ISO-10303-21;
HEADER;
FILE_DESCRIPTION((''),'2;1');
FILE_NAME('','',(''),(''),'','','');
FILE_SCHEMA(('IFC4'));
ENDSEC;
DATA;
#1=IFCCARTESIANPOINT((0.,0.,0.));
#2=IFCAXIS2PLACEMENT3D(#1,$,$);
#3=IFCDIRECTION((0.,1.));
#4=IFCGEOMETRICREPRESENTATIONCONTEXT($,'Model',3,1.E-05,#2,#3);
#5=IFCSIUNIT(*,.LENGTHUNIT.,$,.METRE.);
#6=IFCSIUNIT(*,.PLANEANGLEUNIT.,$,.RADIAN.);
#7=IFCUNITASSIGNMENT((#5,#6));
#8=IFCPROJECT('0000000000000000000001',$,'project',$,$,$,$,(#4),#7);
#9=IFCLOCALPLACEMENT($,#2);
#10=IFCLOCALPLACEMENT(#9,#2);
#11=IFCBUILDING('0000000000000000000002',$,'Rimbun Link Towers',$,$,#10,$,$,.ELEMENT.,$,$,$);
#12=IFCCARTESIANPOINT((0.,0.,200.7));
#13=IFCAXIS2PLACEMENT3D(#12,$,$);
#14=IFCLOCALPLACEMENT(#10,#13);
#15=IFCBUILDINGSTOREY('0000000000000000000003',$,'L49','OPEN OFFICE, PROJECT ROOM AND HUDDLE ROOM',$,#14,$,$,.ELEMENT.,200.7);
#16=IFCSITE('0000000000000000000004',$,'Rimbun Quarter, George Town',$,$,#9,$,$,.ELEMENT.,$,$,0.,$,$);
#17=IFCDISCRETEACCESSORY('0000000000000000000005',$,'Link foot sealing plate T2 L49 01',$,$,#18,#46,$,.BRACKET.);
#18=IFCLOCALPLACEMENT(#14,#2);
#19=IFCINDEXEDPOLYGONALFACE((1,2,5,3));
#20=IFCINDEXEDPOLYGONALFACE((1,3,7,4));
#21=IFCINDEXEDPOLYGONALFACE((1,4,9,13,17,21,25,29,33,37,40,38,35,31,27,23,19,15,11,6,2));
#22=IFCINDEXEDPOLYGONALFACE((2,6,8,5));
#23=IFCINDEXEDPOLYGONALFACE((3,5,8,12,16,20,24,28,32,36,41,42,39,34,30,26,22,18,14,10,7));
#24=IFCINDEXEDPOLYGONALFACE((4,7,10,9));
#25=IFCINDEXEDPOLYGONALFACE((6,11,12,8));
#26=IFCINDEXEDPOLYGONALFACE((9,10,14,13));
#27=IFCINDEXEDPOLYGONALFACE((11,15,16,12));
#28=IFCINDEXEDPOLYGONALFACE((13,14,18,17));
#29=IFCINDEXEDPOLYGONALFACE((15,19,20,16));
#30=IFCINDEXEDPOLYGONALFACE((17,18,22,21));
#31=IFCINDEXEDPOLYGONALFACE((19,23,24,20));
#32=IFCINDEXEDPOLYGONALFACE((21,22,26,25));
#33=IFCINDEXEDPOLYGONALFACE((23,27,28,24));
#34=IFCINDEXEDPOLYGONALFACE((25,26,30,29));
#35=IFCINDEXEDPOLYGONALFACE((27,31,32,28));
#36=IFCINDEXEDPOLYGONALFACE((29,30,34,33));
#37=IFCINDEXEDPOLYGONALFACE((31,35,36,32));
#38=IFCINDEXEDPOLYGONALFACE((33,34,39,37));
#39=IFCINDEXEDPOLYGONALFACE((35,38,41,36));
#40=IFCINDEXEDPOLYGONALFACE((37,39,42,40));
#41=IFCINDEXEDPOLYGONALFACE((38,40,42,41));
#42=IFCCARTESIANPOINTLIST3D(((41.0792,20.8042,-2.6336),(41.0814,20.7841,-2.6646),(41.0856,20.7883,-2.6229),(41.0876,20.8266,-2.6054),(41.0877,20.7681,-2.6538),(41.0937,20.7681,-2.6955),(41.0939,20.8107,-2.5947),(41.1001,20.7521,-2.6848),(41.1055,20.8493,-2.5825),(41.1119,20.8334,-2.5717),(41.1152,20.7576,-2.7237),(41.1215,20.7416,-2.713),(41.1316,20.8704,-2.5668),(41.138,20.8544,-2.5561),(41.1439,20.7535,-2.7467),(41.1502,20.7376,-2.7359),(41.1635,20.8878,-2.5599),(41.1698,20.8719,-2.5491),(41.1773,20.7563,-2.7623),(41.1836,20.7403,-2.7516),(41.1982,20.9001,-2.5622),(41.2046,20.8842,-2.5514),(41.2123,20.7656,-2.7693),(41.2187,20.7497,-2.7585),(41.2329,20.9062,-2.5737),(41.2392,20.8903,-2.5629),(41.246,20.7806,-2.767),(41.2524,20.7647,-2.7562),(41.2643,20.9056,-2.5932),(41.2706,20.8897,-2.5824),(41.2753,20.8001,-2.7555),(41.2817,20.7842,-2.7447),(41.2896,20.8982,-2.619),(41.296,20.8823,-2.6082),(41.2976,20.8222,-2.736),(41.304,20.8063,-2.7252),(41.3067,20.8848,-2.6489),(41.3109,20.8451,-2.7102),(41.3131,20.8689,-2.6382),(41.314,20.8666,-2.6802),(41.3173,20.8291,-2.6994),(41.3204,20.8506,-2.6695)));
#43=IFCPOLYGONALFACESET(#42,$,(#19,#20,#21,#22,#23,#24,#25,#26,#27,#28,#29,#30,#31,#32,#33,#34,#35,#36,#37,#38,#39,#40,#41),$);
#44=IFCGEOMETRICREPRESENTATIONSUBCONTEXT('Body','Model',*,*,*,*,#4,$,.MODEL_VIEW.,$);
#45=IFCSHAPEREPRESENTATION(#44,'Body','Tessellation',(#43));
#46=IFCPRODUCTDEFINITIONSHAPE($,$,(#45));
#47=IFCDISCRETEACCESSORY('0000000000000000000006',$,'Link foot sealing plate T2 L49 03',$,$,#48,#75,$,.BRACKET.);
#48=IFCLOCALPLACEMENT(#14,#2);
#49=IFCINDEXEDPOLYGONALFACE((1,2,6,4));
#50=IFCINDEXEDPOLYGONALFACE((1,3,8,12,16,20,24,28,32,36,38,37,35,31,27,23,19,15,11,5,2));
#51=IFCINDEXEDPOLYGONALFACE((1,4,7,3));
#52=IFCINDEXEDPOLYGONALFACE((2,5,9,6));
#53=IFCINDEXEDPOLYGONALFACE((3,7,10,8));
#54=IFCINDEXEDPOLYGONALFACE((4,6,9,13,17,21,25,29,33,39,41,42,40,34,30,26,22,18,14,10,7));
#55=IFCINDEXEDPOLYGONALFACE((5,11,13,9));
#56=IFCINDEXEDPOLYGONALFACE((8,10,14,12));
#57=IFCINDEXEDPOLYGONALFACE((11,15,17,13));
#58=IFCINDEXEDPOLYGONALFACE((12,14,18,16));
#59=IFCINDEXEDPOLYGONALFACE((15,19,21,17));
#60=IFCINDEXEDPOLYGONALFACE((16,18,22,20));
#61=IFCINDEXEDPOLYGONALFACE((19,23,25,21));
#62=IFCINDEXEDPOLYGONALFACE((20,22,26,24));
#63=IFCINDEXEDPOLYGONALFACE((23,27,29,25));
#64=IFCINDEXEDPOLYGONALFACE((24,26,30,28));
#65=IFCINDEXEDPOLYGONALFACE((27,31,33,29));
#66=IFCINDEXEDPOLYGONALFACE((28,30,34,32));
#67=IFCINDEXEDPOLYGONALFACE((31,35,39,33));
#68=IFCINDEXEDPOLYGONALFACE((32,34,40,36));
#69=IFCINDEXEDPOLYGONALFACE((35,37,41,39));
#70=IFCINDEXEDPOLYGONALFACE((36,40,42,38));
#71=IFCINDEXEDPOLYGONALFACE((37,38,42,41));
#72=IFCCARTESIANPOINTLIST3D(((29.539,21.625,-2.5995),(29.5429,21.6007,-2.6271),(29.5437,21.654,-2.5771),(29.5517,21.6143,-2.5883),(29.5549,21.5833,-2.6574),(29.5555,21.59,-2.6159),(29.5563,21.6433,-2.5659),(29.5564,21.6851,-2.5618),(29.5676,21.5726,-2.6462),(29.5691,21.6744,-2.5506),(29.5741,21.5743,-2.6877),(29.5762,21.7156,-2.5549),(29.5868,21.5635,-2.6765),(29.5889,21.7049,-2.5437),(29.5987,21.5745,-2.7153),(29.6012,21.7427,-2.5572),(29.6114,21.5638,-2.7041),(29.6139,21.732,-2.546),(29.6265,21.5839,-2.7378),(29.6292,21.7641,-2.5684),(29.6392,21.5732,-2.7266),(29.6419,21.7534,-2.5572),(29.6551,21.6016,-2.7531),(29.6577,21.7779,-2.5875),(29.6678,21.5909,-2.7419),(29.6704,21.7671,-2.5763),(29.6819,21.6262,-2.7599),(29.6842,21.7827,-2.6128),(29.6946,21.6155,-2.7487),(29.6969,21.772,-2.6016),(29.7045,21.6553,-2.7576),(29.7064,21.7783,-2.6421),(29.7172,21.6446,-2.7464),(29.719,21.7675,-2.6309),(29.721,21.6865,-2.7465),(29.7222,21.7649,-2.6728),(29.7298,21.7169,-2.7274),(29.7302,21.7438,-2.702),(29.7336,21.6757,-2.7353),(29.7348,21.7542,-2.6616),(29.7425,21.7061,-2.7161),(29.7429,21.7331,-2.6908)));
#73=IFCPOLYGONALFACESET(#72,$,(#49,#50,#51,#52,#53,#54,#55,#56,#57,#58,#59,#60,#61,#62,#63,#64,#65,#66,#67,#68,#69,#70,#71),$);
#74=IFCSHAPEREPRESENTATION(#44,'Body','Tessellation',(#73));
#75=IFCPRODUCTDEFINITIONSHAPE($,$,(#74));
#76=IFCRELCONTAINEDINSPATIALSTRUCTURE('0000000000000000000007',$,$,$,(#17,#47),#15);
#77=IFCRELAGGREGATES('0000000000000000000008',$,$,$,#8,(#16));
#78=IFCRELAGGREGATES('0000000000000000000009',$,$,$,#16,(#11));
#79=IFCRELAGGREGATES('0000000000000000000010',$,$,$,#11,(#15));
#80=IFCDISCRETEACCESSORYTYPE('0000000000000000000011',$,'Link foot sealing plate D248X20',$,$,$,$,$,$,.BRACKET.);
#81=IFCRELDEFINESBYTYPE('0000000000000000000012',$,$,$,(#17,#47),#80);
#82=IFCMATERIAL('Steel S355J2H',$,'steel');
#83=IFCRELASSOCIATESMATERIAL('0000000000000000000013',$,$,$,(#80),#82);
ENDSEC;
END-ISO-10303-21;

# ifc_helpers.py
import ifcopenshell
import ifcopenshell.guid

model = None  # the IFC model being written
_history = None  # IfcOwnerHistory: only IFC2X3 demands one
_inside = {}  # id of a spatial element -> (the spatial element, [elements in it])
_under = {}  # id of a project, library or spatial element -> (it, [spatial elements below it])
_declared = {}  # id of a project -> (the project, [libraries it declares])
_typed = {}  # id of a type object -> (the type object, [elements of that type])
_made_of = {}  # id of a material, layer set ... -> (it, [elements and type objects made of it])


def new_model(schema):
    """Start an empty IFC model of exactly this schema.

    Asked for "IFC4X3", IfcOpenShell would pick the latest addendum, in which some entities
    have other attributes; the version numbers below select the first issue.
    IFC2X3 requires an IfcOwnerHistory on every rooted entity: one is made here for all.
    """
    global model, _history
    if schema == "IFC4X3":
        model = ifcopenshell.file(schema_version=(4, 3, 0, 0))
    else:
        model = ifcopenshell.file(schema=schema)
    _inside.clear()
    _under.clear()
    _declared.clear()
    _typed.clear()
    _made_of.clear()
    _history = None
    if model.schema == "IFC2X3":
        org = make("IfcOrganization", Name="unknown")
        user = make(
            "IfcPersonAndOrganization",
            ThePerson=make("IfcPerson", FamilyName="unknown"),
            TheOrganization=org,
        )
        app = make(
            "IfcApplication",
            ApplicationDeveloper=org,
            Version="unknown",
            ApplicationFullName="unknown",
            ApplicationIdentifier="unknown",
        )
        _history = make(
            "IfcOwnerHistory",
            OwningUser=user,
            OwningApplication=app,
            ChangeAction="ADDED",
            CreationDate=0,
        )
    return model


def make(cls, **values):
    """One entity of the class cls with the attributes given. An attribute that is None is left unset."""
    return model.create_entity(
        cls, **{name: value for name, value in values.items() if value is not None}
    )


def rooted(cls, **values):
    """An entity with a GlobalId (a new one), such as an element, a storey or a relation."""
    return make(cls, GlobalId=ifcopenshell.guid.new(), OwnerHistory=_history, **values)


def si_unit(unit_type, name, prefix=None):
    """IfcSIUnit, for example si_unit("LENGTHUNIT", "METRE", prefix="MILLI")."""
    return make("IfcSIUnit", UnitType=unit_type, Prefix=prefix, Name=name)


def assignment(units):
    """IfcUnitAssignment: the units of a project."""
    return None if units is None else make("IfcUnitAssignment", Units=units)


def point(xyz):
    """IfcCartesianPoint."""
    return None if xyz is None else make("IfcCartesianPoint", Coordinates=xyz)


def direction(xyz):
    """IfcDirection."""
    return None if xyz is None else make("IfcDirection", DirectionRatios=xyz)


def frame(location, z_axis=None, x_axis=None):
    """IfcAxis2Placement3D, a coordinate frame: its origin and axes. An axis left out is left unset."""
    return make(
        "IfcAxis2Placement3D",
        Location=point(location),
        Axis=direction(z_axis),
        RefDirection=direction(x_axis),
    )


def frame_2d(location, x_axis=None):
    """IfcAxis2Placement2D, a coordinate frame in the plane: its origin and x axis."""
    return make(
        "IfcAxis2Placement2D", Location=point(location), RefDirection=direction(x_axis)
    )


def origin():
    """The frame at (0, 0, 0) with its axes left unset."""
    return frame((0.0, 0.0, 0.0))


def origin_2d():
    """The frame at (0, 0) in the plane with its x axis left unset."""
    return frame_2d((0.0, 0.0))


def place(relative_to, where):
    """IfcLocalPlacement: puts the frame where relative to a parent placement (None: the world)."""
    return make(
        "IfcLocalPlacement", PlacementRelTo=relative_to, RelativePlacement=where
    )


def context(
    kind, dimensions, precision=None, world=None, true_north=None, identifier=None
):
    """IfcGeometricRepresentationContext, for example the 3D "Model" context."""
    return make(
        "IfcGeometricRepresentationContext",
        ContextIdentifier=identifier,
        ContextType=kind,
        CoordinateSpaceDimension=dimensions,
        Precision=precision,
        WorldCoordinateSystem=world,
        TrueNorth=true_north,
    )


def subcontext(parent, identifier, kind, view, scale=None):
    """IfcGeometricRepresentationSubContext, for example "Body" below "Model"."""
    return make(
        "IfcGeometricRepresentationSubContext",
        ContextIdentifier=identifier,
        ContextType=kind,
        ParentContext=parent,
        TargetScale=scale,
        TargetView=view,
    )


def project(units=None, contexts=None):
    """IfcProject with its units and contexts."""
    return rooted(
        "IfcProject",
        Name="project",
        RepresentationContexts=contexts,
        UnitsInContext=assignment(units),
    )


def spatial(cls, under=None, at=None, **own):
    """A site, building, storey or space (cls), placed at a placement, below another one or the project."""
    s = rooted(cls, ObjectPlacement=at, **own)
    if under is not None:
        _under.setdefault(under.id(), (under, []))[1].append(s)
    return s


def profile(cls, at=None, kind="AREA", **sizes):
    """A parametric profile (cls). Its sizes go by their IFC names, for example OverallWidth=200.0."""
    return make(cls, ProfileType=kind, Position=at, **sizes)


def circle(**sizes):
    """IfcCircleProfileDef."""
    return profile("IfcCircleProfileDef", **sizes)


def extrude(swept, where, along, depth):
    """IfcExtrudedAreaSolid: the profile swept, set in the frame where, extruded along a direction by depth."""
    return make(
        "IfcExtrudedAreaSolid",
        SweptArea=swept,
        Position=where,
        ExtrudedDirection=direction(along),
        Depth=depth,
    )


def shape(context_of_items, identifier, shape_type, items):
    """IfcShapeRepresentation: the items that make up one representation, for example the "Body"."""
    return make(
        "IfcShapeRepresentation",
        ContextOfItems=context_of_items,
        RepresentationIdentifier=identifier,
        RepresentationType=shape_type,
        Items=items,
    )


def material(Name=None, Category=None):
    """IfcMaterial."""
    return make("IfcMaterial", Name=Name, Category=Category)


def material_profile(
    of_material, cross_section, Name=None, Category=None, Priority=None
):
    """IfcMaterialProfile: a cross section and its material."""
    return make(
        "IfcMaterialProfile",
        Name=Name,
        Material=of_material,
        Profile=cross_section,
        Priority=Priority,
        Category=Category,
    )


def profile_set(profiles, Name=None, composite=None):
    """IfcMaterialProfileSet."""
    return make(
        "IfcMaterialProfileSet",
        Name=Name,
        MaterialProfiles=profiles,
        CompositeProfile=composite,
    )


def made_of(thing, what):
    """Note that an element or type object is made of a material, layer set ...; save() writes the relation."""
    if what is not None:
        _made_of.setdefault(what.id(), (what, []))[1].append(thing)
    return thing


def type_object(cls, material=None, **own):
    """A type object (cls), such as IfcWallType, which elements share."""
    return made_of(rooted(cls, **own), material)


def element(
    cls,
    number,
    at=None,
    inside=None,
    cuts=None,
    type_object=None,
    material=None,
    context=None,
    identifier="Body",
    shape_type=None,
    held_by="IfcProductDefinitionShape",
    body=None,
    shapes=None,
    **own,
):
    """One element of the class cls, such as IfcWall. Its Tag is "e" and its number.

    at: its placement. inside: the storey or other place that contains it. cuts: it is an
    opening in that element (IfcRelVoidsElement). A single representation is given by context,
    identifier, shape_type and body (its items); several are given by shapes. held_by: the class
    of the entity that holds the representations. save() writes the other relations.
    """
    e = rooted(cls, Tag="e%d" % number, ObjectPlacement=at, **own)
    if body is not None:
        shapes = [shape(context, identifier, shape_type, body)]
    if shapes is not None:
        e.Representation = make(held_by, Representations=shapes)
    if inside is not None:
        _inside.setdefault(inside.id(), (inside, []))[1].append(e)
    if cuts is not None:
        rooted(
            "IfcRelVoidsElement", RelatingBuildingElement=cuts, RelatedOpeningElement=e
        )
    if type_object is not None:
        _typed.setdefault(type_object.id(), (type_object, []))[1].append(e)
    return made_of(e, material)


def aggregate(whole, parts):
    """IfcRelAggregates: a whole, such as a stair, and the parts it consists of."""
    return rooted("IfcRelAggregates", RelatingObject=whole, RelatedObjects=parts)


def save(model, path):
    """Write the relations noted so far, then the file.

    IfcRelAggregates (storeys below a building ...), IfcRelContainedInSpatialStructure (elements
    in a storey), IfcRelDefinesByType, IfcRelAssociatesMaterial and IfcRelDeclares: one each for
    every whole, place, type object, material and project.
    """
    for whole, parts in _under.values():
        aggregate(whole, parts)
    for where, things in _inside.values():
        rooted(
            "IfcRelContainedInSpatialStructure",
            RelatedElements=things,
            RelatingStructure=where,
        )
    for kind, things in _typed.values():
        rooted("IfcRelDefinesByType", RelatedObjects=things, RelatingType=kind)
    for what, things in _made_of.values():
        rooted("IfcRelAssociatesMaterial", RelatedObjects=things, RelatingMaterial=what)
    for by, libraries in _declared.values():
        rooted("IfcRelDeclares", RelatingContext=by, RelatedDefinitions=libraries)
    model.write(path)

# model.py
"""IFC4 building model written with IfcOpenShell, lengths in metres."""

from ifc_helpers import new_model, si_unit, direction, frame, origin, origin_2d, place, context, subcontext, project, spatial, circle, extrude, material, material_profile, profile_set, type_object, element, save


model = new_model("IFC4")

# Units and contexts
model_context = context("Model", 3, precision=1e-05, world=origin(), true_north=direction((0.0, 1.0)))
body_context = subcontext(model_context, "Body", "Model", "MODEL_VIEW")
ifc_project = project(units=[si_unit("LENGTHUNIT", "METRE"), si_unit("PLANEANGLEUNIT", "RADIAN")], contexts=[model_context])

# Site, building, storey
site_placement = place(None, origin())
site = spatial("IfcSite", under=ifc_project, at=site_placement, Name="Rimbun Quarter, George Town", CompositionType="ELEMENT", RefElevation=0.0)
building_placement = place(site_placement, origin())
building = spatial("IfcBuilding", under=site, at=building_placement, Name="Rimbun Link Towers", CompositionType="ELEMENT")
storey_placement = place(building_placement, frame((0.0, 0.0, 200.7)))
storey = spatial("IfcBuildingStorey", under=building, at=storey_placement, Name="L49", Description="OPEN OFFICE, PROJECT ROOM AND HUDDLE ROOM", CompositionType="ELEMENT", Elevation=200.7)

# Discrete accessories
ifc_material_1 = material(Name="Steel S355J2H", Category="steel")
ifc_material_profile_1 = material_profile(ifc_material_1, circle(Radius=0.124, at=origin_2d()), Name="PL D248")
ifc_profile_set_1 = profile_set([ifc_material_profile_1], Name="Steel S355J2H")
discrete_accessory_type = type_object("IfcDiscreteAccessoryType", Name="Link foot sealing plate D248X20", PredefinedType="BRACKET", material=ifc_profile_set_1)
discrete_accessory_1_placement = place(storey_placement, frame((41.2029, 20.8142, -2.6538), z_axis=(-0.314442, 0.786105, -0.532133), x_axis=(-0.928477, -0.371391, 0.0)))
element("IfcDiscreteAccessory", 1, at=discrete_accessory_1_placement, inside=storey, type_object=discrete_accessory_type, Name="Link foot sealing plate T2 L49 01", PredefinedType="BRACKET", context=body_context, shape_type="SweptSolid", body=[
    extrude(circle(Radius=0.124, at=origin_2d()), origin(), (0.0, 0.0, 1.0), 0.0203),
])
discrete_accessory_2_placement = place(storey_placement, frame((29.6477, 21.6672, -2.6462), z_axis=(-0.632643, 0.535313, -0.559645), x_axis=(-0.645942, -0.763386, 0.0)))
element("IfcDiscreteAccessory", 2, at=discrete_accessory_2_placement, inside=storey, type_object=discrete_accessory_type, Name="Link foot sealing plate T2 L49 03", PredefinedType="BRACKET", context=body_context, shape_type="SweptSolid", body=[
    extrude(circle(Radius=0.124, at=origin_2d()), origin(), (0.0, 0.0, 1.0), 0.02),
])

save(model, "model.ifc")
